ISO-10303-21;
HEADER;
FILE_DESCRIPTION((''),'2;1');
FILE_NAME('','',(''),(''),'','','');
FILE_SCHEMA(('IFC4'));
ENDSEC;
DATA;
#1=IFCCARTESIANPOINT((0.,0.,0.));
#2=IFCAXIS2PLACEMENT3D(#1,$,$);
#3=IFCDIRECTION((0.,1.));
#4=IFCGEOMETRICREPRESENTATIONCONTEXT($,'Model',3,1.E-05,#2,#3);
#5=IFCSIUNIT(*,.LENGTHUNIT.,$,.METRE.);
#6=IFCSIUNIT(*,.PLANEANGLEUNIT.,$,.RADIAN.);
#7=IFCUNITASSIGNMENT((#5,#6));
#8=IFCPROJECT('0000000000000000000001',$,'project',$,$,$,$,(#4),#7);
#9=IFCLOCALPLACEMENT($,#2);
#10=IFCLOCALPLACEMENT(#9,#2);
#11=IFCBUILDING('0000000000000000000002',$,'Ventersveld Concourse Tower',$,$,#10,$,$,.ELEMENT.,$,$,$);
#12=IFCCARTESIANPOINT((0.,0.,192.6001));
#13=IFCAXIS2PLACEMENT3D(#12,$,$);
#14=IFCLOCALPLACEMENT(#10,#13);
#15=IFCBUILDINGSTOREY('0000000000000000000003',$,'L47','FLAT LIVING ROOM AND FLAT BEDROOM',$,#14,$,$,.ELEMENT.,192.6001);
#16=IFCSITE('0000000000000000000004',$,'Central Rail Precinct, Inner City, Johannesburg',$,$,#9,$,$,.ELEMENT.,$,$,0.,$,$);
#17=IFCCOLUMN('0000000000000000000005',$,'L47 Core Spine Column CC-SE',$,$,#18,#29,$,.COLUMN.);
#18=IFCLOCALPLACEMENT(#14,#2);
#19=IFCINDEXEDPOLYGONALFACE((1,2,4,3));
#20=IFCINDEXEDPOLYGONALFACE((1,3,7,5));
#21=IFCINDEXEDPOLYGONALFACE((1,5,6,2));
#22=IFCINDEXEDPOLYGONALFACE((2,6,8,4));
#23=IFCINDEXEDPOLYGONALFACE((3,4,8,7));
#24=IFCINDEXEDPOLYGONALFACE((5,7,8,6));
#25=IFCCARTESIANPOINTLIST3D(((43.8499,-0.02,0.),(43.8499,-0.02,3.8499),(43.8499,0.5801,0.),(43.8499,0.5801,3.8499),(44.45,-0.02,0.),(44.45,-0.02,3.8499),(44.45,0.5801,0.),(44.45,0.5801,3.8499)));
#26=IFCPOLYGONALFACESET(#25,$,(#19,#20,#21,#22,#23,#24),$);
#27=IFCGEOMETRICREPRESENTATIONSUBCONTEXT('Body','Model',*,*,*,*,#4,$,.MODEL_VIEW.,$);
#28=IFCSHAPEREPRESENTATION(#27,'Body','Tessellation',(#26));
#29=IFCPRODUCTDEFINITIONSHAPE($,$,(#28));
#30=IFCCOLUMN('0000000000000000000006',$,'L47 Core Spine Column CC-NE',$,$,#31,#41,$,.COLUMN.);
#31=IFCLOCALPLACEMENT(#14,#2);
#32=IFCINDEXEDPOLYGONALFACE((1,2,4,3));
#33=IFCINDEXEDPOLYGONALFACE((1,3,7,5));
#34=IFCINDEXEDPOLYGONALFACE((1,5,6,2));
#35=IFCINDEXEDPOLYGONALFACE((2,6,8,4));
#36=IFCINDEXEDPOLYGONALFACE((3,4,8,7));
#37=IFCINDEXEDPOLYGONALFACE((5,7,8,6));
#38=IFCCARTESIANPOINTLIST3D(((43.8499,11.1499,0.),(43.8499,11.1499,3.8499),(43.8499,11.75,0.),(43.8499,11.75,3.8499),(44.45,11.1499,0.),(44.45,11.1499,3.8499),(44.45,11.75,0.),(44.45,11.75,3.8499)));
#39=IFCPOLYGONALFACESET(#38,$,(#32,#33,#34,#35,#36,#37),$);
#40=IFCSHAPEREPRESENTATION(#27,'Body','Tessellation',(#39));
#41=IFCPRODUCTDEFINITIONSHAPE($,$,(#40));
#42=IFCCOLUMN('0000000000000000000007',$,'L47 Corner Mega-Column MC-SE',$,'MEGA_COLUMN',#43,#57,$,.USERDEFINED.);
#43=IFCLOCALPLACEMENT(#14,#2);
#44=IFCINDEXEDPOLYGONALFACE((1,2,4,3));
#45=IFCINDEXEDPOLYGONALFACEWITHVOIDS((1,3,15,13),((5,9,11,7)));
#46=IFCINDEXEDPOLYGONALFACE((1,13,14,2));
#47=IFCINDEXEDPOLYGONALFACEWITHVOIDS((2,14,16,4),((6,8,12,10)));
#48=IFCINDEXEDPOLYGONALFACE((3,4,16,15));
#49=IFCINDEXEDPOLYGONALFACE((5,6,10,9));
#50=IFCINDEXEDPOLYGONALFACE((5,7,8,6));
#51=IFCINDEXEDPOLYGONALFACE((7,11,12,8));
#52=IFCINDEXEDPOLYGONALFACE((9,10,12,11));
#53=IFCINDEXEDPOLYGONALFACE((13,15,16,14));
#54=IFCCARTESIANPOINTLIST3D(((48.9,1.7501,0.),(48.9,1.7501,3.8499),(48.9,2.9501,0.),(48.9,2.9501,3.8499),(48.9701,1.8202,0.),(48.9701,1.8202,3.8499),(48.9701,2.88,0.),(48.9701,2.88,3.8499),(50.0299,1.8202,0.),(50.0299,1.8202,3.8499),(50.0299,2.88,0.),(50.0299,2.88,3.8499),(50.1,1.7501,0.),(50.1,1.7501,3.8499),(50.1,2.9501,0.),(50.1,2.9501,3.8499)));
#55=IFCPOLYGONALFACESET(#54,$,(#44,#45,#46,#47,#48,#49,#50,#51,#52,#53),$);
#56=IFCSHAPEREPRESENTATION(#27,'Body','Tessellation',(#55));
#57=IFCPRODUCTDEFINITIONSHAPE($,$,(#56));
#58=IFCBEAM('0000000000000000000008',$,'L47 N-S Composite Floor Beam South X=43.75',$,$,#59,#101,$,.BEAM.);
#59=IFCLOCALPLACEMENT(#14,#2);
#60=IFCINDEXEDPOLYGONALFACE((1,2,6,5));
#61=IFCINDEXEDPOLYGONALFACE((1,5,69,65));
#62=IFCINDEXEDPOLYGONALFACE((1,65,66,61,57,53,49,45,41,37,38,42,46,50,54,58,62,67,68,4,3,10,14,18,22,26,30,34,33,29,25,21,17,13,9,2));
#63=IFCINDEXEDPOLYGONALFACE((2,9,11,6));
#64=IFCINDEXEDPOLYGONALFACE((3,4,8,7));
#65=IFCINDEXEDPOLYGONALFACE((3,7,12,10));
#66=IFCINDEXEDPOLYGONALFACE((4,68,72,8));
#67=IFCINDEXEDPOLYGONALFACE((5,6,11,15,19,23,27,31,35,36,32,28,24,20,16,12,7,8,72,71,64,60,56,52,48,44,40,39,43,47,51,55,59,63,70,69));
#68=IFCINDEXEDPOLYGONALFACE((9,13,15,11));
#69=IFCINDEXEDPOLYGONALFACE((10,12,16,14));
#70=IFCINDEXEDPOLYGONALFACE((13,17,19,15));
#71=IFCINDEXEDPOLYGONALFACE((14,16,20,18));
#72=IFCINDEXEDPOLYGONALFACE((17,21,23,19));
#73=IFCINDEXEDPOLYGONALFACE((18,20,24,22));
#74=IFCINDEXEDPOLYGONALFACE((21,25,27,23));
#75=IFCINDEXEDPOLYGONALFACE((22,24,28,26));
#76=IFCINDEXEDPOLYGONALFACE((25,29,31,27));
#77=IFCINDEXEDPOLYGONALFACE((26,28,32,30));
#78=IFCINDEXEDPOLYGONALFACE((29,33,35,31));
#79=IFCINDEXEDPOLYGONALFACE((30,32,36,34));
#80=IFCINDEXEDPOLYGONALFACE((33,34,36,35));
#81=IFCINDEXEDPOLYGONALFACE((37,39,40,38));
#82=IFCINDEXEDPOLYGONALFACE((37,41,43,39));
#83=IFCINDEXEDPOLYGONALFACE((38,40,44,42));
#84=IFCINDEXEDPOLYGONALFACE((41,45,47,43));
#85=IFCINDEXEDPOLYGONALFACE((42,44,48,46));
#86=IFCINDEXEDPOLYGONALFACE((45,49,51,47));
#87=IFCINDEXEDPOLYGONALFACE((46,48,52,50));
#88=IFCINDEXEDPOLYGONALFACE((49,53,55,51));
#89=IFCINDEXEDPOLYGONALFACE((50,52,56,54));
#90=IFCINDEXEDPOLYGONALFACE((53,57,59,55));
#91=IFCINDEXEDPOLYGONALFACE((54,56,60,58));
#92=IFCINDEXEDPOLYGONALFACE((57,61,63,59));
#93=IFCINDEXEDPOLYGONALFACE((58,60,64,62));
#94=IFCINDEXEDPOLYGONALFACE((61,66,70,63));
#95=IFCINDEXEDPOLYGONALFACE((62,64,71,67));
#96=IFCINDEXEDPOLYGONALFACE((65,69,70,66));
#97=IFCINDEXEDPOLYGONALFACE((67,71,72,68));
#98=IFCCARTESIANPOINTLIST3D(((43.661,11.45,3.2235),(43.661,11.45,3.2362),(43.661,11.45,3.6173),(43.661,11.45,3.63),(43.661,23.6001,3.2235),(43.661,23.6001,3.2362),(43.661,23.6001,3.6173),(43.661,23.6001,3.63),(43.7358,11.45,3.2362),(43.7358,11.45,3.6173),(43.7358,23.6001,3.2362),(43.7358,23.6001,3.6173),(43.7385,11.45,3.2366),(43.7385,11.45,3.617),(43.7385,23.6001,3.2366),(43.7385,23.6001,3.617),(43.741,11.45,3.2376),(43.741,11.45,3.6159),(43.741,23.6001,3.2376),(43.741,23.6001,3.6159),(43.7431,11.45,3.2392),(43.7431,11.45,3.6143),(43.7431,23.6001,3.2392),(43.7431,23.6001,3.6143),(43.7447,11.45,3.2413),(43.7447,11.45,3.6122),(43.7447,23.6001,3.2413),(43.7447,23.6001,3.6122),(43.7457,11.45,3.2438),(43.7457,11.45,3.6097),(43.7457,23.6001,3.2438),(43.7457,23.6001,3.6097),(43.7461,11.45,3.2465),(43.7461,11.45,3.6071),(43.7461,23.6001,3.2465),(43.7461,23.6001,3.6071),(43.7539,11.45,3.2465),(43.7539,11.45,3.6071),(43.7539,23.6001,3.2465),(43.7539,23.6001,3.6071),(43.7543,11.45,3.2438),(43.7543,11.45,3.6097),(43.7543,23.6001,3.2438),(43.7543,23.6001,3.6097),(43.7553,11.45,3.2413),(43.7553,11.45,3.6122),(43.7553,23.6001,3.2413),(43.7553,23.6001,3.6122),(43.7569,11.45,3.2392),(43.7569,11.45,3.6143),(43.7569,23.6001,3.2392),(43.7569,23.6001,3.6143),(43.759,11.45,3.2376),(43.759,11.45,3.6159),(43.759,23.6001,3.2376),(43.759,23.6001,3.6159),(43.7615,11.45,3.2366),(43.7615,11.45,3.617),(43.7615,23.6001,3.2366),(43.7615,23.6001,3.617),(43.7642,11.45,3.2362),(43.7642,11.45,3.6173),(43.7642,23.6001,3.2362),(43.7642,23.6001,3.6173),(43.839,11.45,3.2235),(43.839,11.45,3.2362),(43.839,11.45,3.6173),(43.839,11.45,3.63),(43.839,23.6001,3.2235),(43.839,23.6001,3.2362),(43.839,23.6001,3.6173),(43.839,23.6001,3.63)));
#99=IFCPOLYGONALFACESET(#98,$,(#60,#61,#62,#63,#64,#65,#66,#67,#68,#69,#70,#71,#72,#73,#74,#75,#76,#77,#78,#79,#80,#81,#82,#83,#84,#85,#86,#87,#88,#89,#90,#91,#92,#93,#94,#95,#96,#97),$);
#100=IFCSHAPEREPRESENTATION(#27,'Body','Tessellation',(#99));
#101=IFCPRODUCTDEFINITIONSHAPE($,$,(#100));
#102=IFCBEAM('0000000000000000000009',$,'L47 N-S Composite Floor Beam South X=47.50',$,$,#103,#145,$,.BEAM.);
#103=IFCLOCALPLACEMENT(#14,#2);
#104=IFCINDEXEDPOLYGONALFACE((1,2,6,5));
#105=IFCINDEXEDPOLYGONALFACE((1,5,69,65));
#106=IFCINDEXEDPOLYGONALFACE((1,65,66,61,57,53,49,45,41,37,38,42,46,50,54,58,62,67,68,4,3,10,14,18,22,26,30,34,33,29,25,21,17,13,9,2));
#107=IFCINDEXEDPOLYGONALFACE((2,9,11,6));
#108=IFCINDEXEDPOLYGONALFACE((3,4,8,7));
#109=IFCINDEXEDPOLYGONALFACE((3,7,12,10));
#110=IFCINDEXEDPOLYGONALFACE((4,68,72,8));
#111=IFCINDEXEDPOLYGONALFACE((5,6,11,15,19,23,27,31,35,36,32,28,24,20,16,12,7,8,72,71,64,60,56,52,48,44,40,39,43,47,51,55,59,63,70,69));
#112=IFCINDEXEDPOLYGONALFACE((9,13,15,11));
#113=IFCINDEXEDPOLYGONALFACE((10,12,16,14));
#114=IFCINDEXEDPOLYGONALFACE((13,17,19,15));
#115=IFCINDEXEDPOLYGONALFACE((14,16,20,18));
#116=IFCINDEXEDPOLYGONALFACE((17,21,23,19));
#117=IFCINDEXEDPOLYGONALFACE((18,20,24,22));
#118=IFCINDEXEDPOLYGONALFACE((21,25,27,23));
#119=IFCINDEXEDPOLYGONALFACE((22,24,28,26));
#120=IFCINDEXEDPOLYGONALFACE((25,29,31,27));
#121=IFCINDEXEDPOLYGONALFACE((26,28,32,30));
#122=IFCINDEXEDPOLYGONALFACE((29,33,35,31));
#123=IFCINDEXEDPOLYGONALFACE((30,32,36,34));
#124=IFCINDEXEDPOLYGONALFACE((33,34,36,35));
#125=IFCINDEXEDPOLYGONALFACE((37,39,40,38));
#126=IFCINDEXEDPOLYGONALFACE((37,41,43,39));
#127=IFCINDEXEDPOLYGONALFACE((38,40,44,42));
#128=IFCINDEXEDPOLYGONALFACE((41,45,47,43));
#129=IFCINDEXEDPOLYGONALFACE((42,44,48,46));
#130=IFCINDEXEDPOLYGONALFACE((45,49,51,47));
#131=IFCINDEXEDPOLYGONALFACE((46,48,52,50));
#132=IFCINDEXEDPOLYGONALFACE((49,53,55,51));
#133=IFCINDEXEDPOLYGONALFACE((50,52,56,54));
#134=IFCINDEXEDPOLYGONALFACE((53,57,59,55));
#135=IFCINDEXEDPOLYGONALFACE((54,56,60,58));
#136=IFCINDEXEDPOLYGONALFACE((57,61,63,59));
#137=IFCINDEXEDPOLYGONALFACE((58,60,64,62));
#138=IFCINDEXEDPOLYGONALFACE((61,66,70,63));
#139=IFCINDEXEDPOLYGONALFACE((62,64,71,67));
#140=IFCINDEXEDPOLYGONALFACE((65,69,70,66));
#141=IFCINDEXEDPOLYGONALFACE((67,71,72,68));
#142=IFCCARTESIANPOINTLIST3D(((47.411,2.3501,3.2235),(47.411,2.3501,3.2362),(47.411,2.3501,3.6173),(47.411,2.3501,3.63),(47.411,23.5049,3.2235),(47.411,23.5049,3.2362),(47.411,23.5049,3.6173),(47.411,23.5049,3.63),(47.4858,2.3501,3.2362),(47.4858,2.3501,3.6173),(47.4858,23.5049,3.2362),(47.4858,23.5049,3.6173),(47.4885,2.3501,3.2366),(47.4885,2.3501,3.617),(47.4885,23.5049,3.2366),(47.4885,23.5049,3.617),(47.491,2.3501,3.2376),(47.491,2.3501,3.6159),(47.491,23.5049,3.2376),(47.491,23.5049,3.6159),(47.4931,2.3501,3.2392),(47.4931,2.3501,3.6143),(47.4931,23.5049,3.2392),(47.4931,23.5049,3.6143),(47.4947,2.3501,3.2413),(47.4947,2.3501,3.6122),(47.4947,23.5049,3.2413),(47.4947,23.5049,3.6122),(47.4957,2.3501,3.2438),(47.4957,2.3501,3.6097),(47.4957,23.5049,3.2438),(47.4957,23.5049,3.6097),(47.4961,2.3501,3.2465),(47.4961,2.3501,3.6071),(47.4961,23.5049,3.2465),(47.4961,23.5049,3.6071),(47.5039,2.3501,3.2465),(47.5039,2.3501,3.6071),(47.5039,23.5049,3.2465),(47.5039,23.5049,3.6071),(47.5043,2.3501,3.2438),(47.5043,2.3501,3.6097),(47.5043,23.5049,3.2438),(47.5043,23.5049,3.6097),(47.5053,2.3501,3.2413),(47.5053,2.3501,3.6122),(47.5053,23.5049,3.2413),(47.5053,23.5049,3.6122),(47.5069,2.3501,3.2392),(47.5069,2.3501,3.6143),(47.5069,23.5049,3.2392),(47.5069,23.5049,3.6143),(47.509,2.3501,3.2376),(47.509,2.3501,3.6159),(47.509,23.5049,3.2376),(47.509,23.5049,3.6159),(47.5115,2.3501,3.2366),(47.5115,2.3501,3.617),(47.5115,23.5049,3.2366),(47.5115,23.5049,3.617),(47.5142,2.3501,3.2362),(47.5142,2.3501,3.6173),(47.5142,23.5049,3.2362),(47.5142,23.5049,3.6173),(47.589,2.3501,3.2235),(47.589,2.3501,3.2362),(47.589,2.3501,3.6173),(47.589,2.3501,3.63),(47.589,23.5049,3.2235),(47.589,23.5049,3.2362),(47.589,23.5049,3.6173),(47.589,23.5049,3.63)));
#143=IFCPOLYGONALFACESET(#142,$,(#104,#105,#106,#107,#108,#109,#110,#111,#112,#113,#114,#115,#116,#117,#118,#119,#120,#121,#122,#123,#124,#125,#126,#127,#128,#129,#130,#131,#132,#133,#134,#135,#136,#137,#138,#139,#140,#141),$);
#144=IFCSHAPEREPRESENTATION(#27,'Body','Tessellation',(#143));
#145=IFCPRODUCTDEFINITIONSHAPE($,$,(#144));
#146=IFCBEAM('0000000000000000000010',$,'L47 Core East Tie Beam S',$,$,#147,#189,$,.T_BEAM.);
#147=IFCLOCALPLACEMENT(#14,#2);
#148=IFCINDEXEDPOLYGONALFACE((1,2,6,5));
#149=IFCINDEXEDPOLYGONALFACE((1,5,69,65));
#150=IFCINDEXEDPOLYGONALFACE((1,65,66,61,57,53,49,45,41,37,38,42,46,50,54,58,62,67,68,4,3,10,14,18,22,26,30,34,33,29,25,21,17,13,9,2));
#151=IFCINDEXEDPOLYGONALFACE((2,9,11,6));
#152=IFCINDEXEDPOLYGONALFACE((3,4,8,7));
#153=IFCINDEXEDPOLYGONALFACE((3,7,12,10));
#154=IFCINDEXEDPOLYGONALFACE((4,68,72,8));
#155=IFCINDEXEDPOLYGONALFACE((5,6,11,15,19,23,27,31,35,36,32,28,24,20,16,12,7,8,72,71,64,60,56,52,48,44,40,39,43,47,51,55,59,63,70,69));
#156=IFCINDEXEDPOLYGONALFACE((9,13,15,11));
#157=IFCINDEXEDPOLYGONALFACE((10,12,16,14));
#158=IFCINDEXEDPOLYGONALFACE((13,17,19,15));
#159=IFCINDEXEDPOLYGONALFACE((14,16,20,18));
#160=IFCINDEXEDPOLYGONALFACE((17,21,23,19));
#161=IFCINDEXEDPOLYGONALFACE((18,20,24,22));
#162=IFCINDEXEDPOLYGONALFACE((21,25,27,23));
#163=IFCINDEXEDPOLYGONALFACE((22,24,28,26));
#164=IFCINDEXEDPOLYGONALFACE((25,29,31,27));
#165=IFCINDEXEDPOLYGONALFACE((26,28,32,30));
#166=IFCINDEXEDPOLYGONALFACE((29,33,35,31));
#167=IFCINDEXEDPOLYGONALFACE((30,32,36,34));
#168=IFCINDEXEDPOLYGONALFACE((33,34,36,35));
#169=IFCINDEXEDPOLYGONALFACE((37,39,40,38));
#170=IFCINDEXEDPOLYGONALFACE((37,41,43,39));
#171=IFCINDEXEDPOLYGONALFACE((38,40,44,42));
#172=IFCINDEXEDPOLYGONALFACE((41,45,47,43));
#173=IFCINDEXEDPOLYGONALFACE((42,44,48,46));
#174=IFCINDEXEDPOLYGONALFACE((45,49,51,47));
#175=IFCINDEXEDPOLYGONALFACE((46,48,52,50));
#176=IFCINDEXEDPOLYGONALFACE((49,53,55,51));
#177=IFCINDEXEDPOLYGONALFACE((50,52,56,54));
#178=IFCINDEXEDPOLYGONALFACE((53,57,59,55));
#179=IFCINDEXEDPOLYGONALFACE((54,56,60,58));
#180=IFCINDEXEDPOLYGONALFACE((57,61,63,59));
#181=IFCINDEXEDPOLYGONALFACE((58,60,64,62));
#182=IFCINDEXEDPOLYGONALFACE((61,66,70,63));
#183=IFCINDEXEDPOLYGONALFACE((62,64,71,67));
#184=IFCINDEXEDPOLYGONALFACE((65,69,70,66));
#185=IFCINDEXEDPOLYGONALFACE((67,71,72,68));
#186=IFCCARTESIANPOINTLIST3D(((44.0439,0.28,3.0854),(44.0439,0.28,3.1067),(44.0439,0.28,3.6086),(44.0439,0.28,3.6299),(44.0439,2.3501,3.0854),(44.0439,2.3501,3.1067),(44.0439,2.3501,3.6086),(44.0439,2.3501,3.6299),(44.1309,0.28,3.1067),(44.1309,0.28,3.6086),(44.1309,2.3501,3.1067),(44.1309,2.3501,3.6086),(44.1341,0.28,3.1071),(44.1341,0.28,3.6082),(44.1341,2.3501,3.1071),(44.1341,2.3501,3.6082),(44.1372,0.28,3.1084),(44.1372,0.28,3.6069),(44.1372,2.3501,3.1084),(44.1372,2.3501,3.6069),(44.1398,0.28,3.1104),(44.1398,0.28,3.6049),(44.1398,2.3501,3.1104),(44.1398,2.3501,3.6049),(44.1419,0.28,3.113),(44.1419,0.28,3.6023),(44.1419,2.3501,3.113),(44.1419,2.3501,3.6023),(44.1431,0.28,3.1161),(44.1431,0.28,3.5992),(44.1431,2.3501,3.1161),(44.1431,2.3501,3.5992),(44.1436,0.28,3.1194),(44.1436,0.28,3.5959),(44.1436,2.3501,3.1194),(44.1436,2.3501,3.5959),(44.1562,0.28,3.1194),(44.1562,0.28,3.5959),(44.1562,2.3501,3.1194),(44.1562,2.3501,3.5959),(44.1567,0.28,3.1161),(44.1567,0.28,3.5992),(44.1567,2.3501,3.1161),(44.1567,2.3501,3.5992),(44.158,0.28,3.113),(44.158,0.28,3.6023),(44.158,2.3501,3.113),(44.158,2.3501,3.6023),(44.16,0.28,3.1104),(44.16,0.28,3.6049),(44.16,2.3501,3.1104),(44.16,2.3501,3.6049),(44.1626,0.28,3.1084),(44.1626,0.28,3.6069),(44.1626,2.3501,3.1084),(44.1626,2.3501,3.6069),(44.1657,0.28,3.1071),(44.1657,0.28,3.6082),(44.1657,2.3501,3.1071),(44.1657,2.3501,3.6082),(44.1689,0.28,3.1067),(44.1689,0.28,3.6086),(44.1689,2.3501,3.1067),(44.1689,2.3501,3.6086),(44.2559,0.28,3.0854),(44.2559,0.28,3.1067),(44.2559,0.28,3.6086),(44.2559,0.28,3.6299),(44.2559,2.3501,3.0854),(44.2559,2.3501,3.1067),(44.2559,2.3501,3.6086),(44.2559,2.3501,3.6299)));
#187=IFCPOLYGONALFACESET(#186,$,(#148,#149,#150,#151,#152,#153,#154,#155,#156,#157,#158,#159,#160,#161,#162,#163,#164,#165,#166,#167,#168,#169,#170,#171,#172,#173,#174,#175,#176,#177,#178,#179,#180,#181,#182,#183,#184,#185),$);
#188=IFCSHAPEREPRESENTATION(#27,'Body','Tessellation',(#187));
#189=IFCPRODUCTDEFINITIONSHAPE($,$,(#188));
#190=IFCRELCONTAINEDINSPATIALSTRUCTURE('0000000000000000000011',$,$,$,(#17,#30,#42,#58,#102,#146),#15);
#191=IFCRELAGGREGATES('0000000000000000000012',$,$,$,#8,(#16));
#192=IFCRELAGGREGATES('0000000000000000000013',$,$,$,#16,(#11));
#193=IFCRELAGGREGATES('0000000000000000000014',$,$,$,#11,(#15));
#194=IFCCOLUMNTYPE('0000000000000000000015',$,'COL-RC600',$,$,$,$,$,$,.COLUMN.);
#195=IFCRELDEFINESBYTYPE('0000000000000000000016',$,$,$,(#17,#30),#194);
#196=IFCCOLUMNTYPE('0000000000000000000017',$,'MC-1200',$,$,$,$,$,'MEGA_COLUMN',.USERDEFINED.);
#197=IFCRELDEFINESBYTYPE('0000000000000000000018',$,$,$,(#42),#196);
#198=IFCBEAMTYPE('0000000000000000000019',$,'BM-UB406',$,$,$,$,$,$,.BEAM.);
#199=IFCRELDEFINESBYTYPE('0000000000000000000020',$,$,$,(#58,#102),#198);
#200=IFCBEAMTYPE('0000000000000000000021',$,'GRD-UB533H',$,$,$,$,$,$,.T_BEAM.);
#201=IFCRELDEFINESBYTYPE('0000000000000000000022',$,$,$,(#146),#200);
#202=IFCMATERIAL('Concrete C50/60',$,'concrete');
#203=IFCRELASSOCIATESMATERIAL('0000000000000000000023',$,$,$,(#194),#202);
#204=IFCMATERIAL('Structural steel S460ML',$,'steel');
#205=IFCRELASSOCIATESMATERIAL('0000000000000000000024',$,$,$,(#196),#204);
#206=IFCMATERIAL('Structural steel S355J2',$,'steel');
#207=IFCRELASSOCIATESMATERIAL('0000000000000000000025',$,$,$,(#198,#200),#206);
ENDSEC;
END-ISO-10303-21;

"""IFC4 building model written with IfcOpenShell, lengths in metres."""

from ifc_helpers import new_model, si_unit, direction, frame, origin, origin_2d, place, context, subcontext, project, spatial, rectangle, hollow_rectangle, i_section, extrude, material, material_profile, profile_set, type_object, element, save


model = new_model("IFC4")

# Units and contexts
model_context = context("Model", 3, precision=1e-05, world=origin(), true_north=direction((0.0, 1.0)))
body_context = subcontext(model_context, "Body", "Model", "MODEL_VIEW")
ifc_project = project(units=[si_unit("LENGTHUNIT", "METRE"), si_unit("PLANEANGLEUNIT", "RADIAN")], contexts=[model_context])

# Site, building, storey
site_placement = place(None, origin())
site = spatial("IfcSite", under=ifc_project, at=site_placement, Name="Central Rail Precinct, Inner City, Johannesburg", CompositionType="ELEMENT", RefElevation=0.0)
building_placement = place(site_placement, origin())
building = spatial("IfcBuilding", under=site, at=building_placement, Name="Ventersveld Concourse Tower", CompositionType="ELEMENT")
storey_placement = place(building_placement, frame((0.0, 0.0, 192.6001)))
storey = spatial("IfcBuildingStorey", under=building, at=storey_placement, Name="L47", Description="FLAT LIVING ROOM AND FLAT BEDROOM", CompositionType="ELEMENT", Elevation=192.6001)

# Columns
ifc_material_1 = material(Name="Concrete C50/60", Category="concrete")
ifc_material_profile_1 = material_profile(ifc_material_1, rectangle(XDim=0.6001, YDim=0.6001, at=origin_2d()), Name="RC 600x600")
ifc_profile_set_1 = profile_set([ifc_material_profile_1], Name="Concrete C50/60")
column_type_1 = type_object("IfcColumnType", Name="COL-RC600", PredefinedType="COLUMN", material=ifc_profile_set_1)
for number, where, z_axis, x_axis, name in (
    (1, (44.1499, 0.28, 0.0), (0.0, 0.0, 1.0), (1.0, 0.0, 0.0), "L47 Core Spine Column CC-SE"),
    (2, (44.1499, 11.45, 0.0), (0.0, 0.0, 1.0), (1.0, 0.0, 0.0), "L47 Core Spine Column CC-NE"),
):
    element("IfcColumn", number, at=place(storey_placement, frame(where, z_axis=z_axis, x_axis=x_axis)), inside=storey, type_object=column_type_1, Name=name, PredefinedType="COLUMN", context=body_context, shape_type="SweptSolid", body=[
        extrude(rectangle(XDim=0.6001, YDim=0.6001, at=origin_2d()), origin(), (0.0, 0.0, 1.0), 3.8499),
    ])
ifc_material_2 = material(Name="Structural steel S460ML", Category="steel")
ifc_material_profile_2 = material_profile(ifc_material_2, hollow_rectangle(XDim=1.2, YDim=1.2, WallThickness=0.0701, at=origin_2d()), Name="BOX 1200x1200x70")
ifc_profile_set_2 = profile_set([ifc_material_profile_2], Name="Structural steel S460ML")
column_type_2 = type_object("IfcColumnType", Name="MC-1200", ElementType="MEGA_COLUMN", PredefinedType="USERDEFINED", material=ifc_profile_set_2)
column_placement = place(storey_placement, frame((49.5, 2.3501, 0.0), z_axis=(0.0, 0.0, 1.0), x_axis=(1.0, 0.0, 0.0)))
element("IfcColumn", 3, at=column_placement, inside=storey, type_object=column_type_2, Name="L47 Corner Mega-Column MC-SE", ObjectType="MEGA_COLUMN", PredefinedType="USERDEFINED", context=body_context, shape_type="SweptSolid", body=[
    extrude(hollow_rectangle(XDim=1.2, YDim=1.2, WallThickness=0.0701, at=origin_2d()), origin(), (0.0, 0.0, 1.0), 3.8499),
])

# Beams
ifc_material_3 = material(Name="Structural steel S355J2", Category="steel")
ifc_material_profile_3 = material_profile(ifc_material_3, i_section(OverallWidth=0.178, OverallDepth=0.4065, WebThickness=0.0078, FlangeThickness=0.0127, FilletRadius=0.0103, at=origin_2d()), Name="UB 406x178x60")
ifc_profile_set_3 = profile_set([ifc_material_profile_3], Name="Structural steel S355J2")
beam_type_1 = type_object("IfcBeamType", Name="BM-UB406", PredefinedType="BEAM", material=ifc_profile_set_3)
beam_1_placement = place(storey_placement, frame((43.75, 11.45, 3.4268), z_axis=(0.0, 1.0, 0.0), x_axis=(-1.0, 0.0, 0.0)))
element("IfcBeam", 4, at=beam_1_placement, inside=storey, type_object=beam_type_1, Name="L47 N-S Composite Floor Beam South X=43.75", PredefinedType="BEAM", context=body_context, shape_type="SweptSolid", body=[
    extrude(i_section(OverallWidth=0.178, OverallDepth=0.4065, WebThickness=0.0078, FlangeThickness=0.0127, FilletRadius=0.0103, at=origin_2d()), origin(), (0.0, 0.0, 1.0), 12.1501),
])
beam_2_placement = place(storey_placement, frame((47.5, 2.3501, 3.4268), z_axis=(0.0, 1.0, 0.0), x_axis=(-1.0, 0.0, 0.0)))
element("IfcBeam", 5, at=beam_2_placement, inside=storey, type_object=beam_type_1, Name="L47 N-S Composite Floor Beam South X=47.50", PredefinedType="BEAM", context=body_context, shape_type="SweptSolid", body=[
    extrude(i_section(OverallWidth=0.178, OverallDepth=0.4065, WebThickness=0.0078, FlangeThickness=0.0127, FilletRadius=0.0103, at=origin_2d()), origin(), (0.0, 0.0, 1.0), 21.1548),
])
ifc_material_profile_4 = material_profile(ifc_material_3, i_section(OverallWidth=0.2119, OverallDepth=0.5444, WebThickness=0.0127, FlangeThickness=0.0212, FilletRadius=0.0127, at=origin_2d()), Name="UB 533x210x122")
ifc_profile_set_4 = profile_set([ifc_material_profile_4], Name="Structural steel S355J2")
beam_type_2 = type_object("IfcBeamType", Name="GRD-UB533H", PredefinedType="T_BEAM", material=ifc_profile_set_4)
beam_3_placement = place(storey_placement, frame((44.1499, 0.28, 3.3577), z_axis=(0.0, 1.0, 0.0), x_axis=(-1.0, 0.0, 0.0)))
element("IfcBeam", 6, at=beam_3_placement, inside=storey, type_object=beam_type_2, Name="L47 Core East Tie Beam S", PredefinedType="T_BEAM", context=body_context, shape_type="SweptSolid", body=[
    extrude(i_section(OverallWidth=0.2119, OverallDepth=0.5444, WebThickness=0.0127, FlangeThickness=0.0212, FilletRadius=0.0127, at=origin_2d()), origin(), (0.0, 0.0, 1.0), 2.0701),
])

save(model, "model.ifc")
